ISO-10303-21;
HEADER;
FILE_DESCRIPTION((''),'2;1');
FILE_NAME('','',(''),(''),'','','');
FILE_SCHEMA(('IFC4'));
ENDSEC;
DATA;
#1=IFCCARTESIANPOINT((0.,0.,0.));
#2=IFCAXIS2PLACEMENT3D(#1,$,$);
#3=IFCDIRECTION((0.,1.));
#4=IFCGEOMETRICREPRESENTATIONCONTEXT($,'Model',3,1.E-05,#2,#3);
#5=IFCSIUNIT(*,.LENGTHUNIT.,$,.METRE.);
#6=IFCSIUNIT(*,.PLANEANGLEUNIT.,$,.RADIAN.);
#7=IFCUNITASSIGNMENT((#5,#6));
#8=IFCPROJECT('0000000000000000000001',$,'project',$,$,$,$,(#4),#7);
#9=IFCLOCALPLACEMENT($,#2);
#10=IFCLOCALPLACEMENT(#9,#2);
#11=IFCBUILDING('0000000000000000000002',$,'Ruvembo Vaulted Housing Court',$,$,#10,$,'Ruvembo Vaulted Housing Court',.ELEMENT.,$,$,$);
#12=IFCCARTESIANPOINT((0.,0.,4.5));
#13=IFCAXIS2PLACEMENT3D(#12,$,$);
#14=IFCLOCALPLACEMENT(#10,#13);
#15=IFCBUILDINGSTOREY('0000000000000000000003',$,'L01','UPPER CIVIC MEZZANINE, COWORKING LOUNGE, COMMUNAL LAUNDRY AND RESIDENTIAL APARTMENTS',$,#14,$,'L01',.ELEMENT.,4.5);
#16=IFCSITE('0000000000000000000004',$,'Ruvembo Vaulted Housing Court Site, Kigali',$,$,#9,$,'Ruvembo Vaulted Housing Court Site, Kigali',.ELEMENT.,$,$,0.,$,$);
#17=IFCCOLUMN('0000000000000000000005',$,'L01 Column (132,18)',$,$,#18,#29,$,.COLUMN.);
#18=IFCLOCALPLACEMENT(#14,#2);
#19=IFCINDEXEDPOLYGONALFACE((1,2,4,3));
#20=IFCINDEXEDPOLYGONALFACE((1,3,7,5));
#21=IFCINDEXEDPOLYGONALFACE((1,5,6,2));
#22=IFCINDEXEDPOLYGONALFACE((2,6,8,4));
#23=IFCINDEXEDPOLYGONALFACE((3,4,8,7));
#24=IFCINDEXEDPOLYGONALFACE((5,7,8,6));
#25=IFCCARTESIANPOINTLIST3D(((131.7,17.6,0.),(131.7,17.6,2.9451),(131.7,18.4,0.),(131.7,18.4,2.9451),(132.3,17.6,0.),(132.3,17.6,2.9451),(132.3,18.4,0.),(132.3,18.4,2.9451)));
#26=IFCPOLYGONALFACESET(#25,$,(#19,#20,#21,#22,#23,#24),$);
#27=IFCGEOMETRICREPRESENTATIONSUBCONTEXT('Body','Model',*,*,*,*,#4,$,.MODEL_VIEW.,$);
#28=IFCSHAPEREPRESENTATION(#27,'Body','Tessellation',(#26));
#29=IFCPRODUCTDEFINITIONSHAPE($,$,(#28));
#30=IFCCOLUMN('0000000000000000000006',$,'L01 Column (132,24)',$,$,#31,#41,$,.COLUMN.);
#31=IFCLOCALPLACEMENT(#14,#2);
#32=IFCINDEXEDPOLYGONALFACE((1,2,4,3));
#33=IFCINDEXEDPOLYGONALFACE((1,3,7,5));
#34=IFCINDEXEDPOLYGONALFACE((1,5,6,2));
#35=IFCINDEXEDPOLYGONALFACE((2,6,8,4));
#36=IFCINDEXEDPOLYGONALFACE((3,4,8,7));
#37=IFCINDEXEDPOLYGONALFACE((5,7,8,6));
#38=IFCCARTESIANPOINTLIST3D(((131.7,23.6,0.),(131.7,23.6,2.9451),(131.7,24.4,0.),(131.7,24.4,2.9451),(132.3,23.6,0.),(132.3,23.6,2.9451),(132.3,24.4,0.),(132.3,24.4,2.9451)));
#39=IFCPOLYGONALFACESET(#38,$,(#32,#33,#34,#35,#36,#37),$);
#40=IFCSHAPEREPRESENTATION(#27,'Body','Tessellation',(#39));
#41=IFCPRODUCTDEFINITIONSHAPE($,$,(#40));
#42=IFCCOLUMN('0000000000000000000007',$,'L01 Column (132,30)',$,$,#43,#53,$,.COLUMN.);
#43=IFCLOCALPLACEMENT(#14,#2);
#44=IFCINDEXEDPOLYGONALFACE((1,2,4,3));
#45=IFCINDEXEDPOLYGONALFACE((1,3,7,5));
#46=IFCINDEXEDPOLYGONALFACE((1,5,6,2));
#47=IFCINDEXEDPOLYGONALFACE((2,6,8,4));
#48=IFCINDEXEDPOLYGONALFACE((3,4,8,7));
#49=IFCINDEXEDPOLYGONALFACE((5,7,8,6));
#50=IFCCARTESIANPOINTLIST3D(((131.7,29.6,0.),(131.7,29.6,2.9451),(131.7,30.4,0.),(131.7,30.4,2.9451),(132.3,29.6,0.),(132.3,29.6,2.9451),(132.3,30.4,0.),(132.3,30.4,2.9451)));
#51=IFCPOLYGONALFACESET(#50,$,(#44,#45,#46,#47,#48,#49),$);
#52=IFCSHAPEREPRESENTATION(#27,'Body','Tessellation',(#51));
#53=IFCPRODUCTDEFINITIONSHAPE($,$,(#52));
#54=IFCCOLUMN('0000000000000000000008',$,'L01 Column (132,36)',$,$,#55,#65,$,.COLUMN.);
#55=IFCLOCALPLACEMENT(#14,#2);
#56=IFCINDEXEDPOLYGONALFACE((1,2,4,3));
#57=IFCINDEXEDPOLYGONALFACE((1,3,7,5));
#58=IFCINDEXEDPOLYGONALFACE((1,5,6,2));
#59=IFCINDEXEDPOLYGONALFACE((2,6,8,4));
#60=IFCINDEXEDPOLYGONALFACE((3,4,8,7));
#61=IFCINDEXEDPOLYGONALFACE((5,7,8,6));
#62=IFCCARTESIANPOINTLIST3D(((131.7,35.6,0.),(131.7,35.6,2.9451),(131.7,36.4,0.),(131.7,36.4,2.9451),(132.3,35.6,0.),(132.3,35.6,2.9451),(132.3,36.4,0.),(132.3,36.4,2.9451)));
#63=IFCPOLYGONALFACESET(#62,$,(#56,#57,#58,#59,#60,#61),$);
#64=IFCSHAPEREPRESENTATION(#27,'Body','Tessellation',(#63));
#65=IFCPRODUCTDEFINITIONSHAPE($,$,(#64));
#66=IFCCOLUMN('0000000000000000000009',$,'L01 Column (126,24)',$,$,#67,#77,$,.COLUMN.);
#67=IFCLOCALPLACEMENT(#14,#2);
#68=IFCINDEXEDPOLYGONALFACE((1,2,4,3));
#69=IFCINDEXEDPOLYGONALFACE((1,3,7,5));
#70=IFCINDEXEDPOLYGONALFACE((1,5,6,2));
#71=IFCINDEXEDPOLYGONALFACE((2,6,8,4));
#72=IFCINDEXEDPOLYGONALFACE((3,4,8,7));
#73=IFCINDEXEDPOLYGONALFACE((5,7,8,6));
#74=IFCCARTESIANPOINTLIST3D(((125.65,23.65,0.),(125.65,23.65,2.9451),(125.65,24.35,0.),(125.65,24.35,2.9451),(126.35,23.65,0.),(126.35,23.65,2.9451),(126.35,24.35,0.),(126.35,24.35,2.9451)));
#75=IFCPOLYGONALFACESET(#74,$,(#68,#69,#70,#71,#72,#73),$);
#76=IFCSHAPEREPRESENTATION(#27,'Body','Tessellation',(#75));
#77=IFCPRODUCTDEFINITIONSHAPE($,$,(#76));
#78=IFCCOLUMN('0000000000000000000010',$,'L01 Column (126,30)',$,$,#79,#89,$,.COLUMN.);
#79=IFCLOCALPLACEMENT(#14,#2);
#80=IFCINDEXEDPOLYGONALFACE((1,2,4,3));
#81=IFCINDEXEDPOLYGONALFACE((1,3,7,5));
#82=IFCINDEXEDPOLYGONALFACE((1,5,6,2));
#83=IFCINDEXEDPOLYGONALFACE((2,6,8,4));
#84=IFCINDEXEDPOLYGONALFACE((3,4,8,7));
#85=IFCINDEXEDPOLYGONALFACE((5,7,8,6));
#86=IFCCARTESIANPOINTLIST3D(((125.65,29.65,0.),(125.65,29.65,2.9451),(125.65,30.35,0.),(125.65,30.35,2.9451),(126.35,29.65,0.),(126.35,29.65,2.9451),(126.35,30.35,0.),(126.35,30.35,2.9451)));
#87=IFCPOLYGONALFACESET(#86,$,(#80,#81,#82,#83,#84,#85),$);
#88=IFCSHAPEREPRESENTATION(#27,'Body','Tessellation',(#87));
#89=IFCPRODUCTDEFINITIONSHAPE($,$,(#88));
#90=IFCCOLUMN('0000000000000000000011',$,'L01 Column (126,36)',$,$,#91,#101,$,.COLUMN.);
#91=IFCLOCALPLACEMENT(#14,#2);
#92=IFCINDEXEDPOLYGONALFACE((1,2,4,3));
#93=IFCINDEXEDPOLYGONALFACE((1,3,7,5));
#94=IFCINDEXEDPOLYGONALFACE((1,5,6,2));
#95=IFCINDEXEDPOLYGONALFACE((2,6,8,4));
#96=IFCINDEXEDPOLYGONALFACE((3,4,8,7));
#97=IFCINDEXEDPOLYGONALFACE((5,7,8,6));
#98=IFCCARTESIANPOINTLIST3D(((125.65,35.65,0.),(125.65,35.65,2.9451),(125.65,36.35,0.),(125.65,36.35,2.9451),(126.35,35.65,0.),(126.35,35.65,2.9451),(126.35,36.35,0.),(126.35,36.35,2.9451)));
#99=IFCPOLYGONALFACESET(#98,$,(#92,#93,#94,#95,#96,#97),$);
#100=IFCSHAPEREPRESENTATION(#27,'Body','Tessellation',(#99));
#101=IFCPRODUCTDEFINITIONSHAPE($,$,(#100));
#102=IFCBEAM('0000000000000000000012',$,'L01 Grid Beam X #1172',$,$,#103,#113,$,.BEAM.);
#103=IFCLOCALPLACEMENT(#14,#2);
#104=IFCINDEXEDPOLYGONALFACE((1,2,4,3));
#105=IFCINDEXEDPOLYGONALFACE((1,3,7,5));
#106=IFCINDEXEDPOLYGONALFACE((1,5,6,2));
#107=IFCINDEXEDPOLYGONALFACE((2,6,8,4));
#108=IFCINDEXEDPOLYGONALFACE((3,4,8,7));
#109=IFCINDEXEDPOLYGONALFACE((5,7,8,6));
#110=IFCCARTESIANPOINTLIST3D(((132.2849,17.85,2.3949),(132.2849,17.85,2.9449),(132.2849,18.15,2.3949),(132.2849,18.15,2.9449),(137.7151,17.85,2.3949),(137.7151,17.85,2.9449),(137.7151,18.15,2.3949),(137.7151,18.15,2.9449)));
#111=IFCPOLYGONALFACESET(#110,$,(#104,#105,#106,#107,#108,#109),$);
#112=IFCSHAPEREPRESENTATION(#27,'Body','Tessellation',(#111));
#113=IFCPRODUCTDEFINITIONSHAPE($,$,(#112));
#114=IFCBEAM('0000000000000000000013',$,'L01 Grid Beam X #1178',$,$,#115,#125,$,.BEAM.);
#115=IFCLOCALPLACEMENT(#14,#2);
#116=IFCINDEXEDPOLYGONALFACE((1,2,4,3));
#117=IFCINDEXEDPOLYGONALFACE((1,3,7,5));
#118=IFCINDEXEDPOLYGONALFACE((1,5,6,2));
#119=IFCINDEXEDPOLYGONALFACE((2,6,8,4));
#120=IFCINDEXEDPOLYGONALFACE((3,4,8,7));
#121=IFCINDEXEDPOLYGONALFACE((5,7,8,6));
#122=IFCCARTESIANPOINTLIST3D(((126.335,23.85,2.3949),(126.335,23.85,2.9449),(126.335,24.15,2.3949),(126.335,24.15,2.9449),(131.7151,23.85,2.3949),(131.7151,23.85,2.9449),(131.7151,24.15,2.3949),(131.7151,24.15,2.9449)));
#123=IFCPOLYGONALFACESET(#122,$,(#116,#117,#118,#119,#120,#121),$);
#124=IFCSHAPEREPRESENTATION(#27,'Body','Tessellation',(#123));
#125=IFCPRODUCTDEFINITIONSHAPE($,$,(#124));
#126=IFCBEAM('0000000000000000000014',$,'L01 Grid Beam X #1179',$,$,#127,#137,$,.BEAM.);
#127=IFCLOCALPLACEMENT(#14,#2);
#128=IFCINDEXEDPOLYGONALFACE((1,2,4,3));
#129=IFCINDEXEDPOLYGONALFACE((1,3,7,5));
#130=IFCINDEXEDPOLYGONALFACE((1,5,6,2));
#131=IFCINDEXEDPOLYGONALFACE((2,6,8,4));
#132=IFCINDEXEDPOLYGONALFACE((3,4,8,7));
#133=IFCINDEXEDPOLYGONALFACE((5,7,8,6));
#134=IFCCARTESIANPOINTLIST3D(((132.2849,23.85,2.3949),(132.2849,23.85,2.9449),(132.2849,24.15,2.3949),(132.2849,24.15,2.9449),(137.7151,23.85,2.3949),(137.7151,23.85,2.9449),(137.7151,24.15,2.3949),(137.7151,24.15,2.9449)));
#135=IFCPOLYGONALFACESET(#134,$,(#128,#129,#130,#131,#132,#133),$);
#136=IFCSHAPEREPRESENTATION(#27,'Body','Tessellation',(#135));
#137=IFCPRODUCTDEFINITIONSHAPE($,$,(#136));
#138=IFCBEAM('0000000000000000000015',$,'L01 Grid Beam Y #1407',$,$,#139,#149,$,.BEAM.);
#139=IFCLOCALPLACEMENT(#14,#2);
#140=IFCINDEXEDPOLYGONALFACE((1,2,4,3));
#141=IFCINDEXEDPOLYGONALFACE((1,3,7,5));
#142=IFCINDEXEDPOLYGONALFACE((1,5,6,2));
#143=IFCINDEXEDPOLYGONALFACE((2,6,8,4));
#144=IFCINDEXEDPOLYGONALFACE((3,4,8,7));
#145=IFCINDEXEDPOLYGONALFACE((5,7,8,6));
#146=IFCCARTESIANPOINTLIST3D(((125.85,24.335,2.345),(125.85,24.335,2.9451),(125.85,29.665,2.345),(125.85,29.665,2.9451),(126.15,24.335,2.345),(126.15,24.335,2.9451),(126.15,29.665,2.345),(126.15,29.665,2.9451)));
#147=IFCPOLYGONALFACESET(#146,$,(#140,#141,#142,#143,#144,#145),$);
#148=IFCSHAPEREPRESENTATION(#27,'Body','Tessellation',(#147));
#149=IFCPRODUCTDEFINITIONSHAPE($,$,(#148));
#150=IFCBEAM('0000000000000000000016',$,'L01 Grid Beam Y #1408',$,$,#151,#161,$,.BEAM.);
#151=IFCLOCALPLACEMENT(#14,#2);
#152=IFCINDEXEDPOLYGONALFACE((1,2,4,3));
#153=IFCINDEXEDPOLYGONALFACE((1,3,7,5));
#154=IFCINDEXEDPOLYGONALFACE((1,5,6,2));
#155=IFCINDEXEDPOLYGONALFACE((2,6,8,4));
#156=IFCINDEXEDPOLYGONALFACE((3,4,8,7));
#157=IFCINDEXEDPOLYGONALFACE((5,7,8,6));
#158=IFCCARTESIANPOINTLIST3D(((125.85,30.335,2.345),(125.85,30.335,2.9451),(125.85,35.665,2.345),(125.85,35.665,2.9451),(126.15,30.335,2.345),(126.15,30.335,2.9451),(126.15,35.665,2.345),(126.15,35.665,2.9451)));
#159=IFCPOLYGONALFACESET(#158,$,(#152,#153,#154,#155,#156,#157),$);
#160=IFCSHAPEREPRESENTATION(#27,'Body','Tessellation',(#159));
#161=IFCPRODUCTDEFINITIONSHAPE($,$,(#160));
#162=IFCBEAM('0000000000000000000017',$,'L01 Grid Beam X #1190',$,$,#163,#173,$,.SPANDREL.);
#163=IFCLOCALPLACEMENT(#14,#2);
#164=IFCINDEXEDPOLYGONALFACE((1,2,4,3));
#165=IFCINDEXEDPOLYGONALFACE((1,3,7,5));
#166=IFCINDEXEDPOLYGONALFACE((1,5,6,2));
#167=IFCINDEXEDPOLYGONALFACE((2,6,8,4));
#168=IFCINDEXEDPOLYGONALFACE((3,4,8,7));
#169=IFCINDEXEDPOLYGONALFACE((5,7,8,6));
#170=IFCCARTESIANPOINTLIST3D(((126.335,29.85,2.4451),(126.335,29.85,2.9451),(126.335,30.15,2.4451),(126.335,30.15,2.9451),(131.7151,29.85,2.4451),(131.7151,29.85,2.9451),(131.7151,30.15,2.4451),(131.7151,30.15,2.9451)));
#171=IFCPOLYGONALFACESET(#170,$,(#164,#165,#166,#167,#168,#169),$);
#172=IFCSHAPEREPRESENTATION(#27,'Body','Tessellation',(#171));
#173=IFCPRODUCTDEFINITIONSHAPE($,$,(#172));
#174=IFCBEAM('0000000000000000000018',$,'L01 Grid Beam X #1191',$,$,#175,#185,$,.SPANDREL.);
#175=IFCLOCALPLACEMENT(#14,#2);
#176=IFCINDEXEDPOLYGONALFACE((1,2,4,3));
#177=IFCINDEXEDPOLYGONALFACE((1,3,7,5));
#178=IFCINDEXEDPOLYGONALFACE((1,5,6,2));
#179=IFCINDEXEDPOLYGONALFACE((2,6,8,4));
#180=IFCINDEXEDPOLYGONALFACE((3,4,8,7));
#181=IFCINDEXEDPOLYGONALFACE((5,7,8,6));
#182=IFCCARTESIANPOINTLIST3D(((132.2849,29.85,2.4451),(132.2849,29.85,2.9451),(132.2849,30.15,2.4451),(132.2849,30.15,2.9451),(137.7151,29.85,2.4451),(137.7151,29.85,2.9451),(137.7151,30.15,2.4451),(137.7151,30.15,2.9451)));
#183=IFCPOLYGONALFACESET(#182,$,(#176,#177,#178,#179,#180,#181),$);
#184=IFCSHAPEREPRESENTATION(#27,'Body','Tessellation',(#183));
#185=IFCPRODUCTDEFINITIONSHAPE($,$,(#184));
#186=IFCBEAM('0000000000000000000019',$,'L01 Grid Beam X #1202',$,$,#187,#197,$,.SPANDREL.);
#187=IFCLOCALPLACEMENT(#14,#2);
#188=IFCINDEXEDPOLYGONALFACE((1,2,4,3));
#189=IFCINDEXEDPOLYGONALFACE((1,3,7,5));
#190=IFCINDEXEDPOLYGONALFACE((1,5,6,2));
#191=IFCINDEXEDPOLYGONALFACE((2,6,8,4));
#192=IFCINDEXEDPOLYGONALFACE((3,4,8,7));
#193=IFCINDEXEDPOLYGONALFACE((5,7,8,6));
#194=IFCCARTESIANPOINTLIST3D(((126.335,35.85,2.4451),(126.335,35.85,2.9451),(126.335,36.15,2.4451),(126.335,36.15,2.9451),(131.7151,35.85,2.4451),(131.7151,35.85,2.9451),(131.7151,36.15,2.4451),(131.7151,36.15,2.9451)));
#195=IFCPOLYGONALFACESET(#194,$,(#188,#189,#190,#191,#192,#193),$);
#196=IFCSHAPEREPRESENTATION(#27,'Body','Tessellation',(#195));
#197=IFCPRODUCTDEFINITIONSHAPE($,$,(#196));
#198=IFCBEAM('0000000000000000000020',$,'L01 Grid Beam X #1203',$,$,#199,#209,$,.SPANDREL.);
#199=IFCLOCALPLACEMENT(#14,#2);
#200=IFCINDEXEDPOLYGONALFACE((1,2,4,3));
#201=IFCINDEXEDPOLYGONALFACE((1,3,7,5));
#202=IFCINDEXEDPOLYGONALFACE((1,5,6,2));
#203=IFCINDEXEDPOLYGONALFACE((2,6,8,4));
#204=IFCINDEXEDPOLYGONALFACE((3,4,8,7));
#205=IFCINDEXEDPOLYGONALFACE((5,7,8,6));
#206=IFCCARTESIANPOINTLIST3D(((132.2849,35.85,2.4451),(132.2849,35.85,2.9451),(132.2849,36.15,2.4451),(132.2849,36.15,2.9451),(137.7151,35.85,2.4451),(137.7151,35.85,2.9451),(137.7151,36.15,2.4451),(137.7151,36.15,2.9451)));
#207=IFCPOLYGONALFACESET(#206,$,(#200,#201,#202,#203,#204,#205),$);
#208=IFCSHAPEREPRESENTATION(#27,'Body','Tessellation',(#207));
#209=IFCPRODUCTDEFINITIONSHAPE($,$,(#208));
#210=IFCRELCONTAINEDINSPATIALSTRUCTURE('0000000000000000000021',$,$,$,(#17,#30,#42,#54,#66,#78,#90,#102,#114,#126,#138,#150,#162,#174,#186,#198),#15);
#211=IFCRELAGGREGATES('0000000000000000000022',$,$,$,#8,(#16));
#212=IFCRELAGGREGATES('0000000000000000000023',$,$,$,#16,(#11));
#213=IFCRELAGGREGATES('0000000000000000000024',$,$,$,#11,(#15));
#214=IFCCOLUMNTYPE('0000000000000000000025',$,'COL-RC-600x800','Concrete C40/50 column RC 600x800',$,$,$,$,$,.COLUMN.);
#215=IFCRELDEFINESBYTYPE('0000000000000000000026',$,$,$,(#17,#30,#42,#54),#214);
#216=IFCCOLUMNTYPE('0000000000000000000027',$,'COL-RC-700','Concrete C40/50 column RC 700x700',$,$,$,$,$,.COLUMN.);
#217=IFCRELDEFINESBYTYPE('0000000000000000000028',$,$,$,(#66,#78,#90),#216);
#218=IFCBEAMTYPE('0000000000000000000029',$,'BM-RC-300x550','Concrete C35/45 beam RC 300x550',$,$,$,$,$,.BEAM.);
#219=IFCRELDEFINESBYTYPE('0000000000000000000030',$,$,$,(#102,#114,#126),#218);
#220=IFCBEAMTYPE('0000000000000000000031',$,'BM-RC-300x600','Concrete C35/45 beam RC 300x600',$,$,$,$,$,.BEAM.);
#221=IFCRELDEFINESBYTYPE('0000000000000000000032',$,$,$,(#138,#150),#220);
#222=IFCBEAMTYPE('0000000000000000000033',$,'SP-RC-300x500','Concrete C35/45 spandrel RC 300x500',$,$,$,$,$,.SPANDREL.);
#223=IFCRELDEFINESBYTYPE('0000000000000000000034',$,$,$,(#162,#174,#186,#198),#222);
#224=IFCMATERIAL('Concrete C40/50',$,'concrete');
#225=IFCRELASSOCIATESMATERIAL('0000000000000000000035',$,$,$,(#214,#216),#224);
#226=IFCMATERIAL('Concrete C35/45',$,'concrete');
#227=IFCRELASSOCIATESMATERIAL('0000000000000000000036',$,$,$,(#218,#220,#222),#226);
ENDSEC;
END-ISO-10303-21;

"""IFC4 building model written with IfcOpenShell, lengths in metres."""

from ifc_helpers import new_model, si_unit, direction, frame, origin, origin_2d, place, context, subcontext, project, spatial, rectangle, extrude, material, material_profile, profile_set, type_object, element, save


model = new_model("IFC4")

# Units and contexts
model_context = context("Model", 3, precision=1e-05, world=origin(), true_north=direction((0.0, 1.0)))
body_context = subcontext(model_context, "Body", "Model", "MODEL_VIEW")
ifc_project = project(units=[si_unit("LENGTHUNIT", "METRE"), si_unit("PLANEANGLEUNIT", "RADIAN")], contexts=[model_context])

# Site, building, storey
site_placement = place(None, origin())
site = spatial("IfcSite", under=ifc_project, at=site_placement, Name="Ruvembo Vaulted Housing Court Site, Kigali", LongName="Ruvembo Vaulted Housing Court Site, Kigali", CompositionType="ELEMENT", RefElevation=0.0)
building_placement = place(site_placement, origin())
building = spatial("IfcBuilding", under=site, at=building_placement, Name="Ruvembo Vaulted Housing Court", LongName="Ruvembo Vaulted Housing Court", CompositionType="ELEMENT")
storey_placement = place(building_placement, frame((0.0, 0.0, 4.5)))
storey = spatial("IfcBuildingStorey", under=building, at=storey_placement, Name="L01", Description="UPPER CIVIC MEZZANINE, COWORKING LOUNGE, COMMUNAL LAUNDRY AND RESIDENTIAL APARTMENTS", LongName="L01", CompositionType="ELEMENT", Elevation=4.5)

# Columns
ifc_material_1 = material(Name="Concrete C40/50", Category="concrete")
ifc_material_profile_1 = material_profile(ifc_material_1, rectangle(XDim=0.6001, YDim=0.8, at=origin_2d()), Name="RC 600x800")
ifc_profile_set_1 = profile_set([ifc_material_profile_1], Name="Concrete C40/50")
column_type_1 = type_object("IfcColumnType", Name="COL-RC-600x800", Description="Concrete C40/50 column RC 600x800", PredefinedType="COLUMN", material=ifc_profile_set_1)
for number, where, z_axis, x_axis, name in (
    (1, (132.0, 18.0, 0.0), (0.0, 0.0, 1.0), (1.0, 0.0, 0.0), "L01 Column (132,18)"),
    (2, (132.0, 24.0, 0.0), (0.0, 0.0, 1.0), (1.0, 0.0, 0.0), "L01 Column (132,24)"),
    (3, (132.0, 30.0, 0.0), (0.0, 0.0, 1.0), (1.0, 0.0, 0.0), "L01 Column (132,30)"),
    (4, (132.0, 36.0, 0.0), (0.0, 0.0, 1.0), (1.0, 0.0, 0.0), "L01 Column (132,36)"),
):
    element("IfcColumn", number, at=place(storey_placement, frame(where, z_axis=z_axis, x_axis=x_axis)), inside=storey, type_object=column_type_1, Name=name, PredefinedType="COLUMN", context=body_context, shape_type="SweptSolid", body=[
        extrude(rectangle(XDim=0.6001, YDim=0.8, at=origin_2d()), origin(), (0.0, 0.0, 1.0), 2.9451),
    ])
ifc_material_profile_2 = material_profile(ifc_material_1, rectangle(XDim=0.7, YDim=0.7, at=origin_2d()), Name="RC 700x700")
ifc_profile_set_2 = profile_set([ifc_material_profile_2], Name="Concrete C40/50")
column_type_2 = type_object("IfcColumnType", Name="COL-RC-700", Description="Concrete C40/50 column RC 700x700", PredefinedType="COLUMN", material=ifc_profile_set_2)
for number, where, z_axis, x_axis, name in (
    (5, (126.0, 24.0, 0.0), (0.0, 0.0, 1.0), (1.0, 0.0, 0.0), "L01 Column (126,24)"),
    (6, (126.0, 30.0, 0.0), (0.0, 0.0, 1.0), (1.0, 0.0, 0.0), "L01 Column (126,30)"),
    (7, (126.0, 36.0, 0.0), (0.0, 0.0, 1.0), (1.0, 0.0, 0.0), "L01 Column (126,36)"),
):
    element("IfcColumn", number, at=place(storey_placement, frame(where, z_axis=z_axis, x_axis=x_axis)), inside=storey, type_object=column_type_2, Name=name, PredefinedType="COLUMN", context=body_context, shape_type="SweptSolid", body=[
        extrude(rectangle(XDim=0.7, YDim=0.7, at=origin_2d()), origin(), (0.0, 0.0, 1.0), 2.9451),
    ])

# Beams
ifc_material_2 = material(Name="Concrete C35/45", Category="concrete")
ifc_material_profile_3 = material_profile(ifc_material_2, rectangle(XDim=0.3, YDim=0.55, at=origin_2d()), Name="RC 300x550")
ifc_profile_set_3 = profile_set([ifc_material_profile_3], Name="Concrete C35/45")
beam_type_1 = type_object("IfcBeamType", Name="BM-RC-300x550", Description="Concrete C35/45 beam RC 300x550", PredefinedType="BEAM", material=ifc_profile_set_3)
beam_1_placement = place(storey_placement, frame((132.2849, 18.0, 2.6699), z_axis=(1.0, 0.0, 0.0), x_axis=(0.0, 1.0, 0.0)))
element("IfcBeam", 8, at=beam_1_placement, inside=storey, type_object=beam_type_1, Name="L01 Grid Beam X #1172", PredefinedType="BEAM", context=body_context, shape_type="SweptSolid", body=[
    extrude(rectangle(XDim=0.3, YDim=0.55, at=origin_2d()), origin(), (0.0, 0.0, 1.0), 5.4302),
])
beam_2_placement = place(storey_placement, frame((126.335, 24.0, 2.6699), z_axis=(1.0, 0.0, 0.0), x_axis=(0.0, 1.0, 0.0)))
element("IfcBeam", 9, at=beam_2_placement, inside=storey, type_object=beam_type_1, Name="L01 Grid Beam X #1178", PredefinedType="BEAM", context=body_context, shape_type="SweptSolid", body=[
    extrude(rectangle(XDim=0.3, YDim=0.55, at=origin_2d()), origin(), (0.0, 0.0, 1.0), 5.3801),
])
beam_3_placement = place(storey_placement, frame((132.2849, 24.0, 2.6699), z_axis=(1.0, 0.0, 0.0), x_axis=(0.0, 1.0, 0.0)))
element("IfcBeam", 10, at=beam_3_placement, inside=storey, type_object=beam_type_1, Name="L01 Grid Beam X #1179", PredefinedType="BEAM", context=body_context, shape_type="SweptSolid", body=[
    extrude(rectangle(XDim=0.3, YDim=0.55, at=origin_2d()), origin(), (0.0, 0.0, 1.0), 5.4302),
])
ifc_material_profile_4 = material_profile(ifc_material_2, rectangle(XDim=0.3, YDim=0.6001, at=origin_2d()), Name="RC 300x600")
ifc_profile_set_4 = profile_set([ifc_material_profile_4], Name="Concrete C35/45")
beam_type_2 = type_object("IfcBeamType", Name="BM-RC-300x600", Description="Concrete C35/45 beam RC 300x600", PredefinedType="BEAM", material=ifc_profile_set_4)
for number, where, z_axis, x_axis, name in (
    (11, (126.0, 24.335, 2.645), (0.0, 1.0, 0.0), (-1.0, 0.0, 0.0), "L01 Grid Beam Y #1407"),
    (12, (126.0, 30.335, 2.645), (0.0, 1.0, 0.0), (-1.0, 0.0, 0.0), "L01 Grid Beam Y #1408"),
):
    element("IfcBeam", number, at=place(storey_placement, frame(where, z_axis=z_axis, x_axis=x_axis)), inside=storey, type_object=beam_type_2, Name=name, PredefinedType="BEAM", context=body_context, shape_type="SweptSolid", body=[
        extrude(rectangle(XDim=0.3, YDim=0.6001, at=origin_2d()), origin(), (0.0, 0.0, 1.0), 5.3301),
    ])
ifc_material_profile_5 = material_profile(ifc_material_2, rectangle(XDim=0.3, YDim=0.5, at=origin_2d()), Name="RC 300x500")
ifc_profile_set_5 = profile_set([ifc_material_profile_5], Name="Concrete C35/45")
beam_type_3 = type_object("IfcBeamType", Name="SP-RC-300x500", Description="Concrete C35/45 spandrel RC 300x500", PredefinedType="SPANDREL", material=ifc_profile_set_5)
beam_4_placement = place(storey_placement, frame((126.335, 30.0, 2.6951), z_axis=(1.0, 0.0, 0.0), x_axis=(0.0, 1.0, 0.0)))
element("IfcBeam", 13, at=beam_4_placement, inside=storey, type_object=beam_type_3, Name="L01 Grid Beam X #1190", PredefinedType="SPANDREL", context=body_context, shape_type="SweptSolid", body=[
    extrude(rectangle(XDim=0.3, YDim=0.5, at=origin_2d()), origin(), (0.0, 0.0, 1.0), 5.3801),
])
beam_5_placement = place(storey_placement, frame((132.2849, 30.0, 2.6951), z_axis=(1.0, 0.0, 0.0), x_axis=(0.0, 1.0, 0.0)))
element("IfcBeam", 14, at=beam_5_placement, inside=storey, type_object=beam_type_3, Name="L01 Grid Beam X #1191", PredefinedType="SPANDREL", context=body_context, shape_type="SweptSolid", body=[
    extrude(rectangle(XDim=0.3, YDim=0.5, at=origin_2d()), origin(), (0.0, 0.0, 1.0), 5.4302),
])
beam_6_placement = place(storey_placement, frame((126.335, 36.0, 2.6951), z_axis=(1.0, 0.0, 0.0), x_axis=(0.0, 1.0, 0.0)))
element("IfcBeam", 15, at=beam_6_placement, inside=storey, type_object=beam_type_3, Name="L01 Grid Beam X #1202", PredefinedType="SPANDREL", context=body_context, shape_type="SweptSolid", body=[
    extrude(rectangle(XDim=0.3, YDim=0.5, at=origin_2d()), origin(), (0.0, 0.0, 1.0), 5.3801),
])
beam_7_placement = place(storey_placement, frame((132.2849, 36.0, 2.6951), z_axis=(1.0, 0.0, 0.0), x_axis=(0.0, 1.0, 0.0)))
element("IfcBeam", 16, at=beam_7_placement, inside=storey, type_object=beam_type_3, Name="L01 Grid Beam X #1203", PredefinedType="SPANDREL", context=body_context, shape_type="SweptSolid", body=[
    extrude(rectangle(XDim=0.3, YDim=0.5, at=origin_2d()), origin(), (0.0, 0.0, 1.0), 5.4302),
])

save(model, "model.ifc")
